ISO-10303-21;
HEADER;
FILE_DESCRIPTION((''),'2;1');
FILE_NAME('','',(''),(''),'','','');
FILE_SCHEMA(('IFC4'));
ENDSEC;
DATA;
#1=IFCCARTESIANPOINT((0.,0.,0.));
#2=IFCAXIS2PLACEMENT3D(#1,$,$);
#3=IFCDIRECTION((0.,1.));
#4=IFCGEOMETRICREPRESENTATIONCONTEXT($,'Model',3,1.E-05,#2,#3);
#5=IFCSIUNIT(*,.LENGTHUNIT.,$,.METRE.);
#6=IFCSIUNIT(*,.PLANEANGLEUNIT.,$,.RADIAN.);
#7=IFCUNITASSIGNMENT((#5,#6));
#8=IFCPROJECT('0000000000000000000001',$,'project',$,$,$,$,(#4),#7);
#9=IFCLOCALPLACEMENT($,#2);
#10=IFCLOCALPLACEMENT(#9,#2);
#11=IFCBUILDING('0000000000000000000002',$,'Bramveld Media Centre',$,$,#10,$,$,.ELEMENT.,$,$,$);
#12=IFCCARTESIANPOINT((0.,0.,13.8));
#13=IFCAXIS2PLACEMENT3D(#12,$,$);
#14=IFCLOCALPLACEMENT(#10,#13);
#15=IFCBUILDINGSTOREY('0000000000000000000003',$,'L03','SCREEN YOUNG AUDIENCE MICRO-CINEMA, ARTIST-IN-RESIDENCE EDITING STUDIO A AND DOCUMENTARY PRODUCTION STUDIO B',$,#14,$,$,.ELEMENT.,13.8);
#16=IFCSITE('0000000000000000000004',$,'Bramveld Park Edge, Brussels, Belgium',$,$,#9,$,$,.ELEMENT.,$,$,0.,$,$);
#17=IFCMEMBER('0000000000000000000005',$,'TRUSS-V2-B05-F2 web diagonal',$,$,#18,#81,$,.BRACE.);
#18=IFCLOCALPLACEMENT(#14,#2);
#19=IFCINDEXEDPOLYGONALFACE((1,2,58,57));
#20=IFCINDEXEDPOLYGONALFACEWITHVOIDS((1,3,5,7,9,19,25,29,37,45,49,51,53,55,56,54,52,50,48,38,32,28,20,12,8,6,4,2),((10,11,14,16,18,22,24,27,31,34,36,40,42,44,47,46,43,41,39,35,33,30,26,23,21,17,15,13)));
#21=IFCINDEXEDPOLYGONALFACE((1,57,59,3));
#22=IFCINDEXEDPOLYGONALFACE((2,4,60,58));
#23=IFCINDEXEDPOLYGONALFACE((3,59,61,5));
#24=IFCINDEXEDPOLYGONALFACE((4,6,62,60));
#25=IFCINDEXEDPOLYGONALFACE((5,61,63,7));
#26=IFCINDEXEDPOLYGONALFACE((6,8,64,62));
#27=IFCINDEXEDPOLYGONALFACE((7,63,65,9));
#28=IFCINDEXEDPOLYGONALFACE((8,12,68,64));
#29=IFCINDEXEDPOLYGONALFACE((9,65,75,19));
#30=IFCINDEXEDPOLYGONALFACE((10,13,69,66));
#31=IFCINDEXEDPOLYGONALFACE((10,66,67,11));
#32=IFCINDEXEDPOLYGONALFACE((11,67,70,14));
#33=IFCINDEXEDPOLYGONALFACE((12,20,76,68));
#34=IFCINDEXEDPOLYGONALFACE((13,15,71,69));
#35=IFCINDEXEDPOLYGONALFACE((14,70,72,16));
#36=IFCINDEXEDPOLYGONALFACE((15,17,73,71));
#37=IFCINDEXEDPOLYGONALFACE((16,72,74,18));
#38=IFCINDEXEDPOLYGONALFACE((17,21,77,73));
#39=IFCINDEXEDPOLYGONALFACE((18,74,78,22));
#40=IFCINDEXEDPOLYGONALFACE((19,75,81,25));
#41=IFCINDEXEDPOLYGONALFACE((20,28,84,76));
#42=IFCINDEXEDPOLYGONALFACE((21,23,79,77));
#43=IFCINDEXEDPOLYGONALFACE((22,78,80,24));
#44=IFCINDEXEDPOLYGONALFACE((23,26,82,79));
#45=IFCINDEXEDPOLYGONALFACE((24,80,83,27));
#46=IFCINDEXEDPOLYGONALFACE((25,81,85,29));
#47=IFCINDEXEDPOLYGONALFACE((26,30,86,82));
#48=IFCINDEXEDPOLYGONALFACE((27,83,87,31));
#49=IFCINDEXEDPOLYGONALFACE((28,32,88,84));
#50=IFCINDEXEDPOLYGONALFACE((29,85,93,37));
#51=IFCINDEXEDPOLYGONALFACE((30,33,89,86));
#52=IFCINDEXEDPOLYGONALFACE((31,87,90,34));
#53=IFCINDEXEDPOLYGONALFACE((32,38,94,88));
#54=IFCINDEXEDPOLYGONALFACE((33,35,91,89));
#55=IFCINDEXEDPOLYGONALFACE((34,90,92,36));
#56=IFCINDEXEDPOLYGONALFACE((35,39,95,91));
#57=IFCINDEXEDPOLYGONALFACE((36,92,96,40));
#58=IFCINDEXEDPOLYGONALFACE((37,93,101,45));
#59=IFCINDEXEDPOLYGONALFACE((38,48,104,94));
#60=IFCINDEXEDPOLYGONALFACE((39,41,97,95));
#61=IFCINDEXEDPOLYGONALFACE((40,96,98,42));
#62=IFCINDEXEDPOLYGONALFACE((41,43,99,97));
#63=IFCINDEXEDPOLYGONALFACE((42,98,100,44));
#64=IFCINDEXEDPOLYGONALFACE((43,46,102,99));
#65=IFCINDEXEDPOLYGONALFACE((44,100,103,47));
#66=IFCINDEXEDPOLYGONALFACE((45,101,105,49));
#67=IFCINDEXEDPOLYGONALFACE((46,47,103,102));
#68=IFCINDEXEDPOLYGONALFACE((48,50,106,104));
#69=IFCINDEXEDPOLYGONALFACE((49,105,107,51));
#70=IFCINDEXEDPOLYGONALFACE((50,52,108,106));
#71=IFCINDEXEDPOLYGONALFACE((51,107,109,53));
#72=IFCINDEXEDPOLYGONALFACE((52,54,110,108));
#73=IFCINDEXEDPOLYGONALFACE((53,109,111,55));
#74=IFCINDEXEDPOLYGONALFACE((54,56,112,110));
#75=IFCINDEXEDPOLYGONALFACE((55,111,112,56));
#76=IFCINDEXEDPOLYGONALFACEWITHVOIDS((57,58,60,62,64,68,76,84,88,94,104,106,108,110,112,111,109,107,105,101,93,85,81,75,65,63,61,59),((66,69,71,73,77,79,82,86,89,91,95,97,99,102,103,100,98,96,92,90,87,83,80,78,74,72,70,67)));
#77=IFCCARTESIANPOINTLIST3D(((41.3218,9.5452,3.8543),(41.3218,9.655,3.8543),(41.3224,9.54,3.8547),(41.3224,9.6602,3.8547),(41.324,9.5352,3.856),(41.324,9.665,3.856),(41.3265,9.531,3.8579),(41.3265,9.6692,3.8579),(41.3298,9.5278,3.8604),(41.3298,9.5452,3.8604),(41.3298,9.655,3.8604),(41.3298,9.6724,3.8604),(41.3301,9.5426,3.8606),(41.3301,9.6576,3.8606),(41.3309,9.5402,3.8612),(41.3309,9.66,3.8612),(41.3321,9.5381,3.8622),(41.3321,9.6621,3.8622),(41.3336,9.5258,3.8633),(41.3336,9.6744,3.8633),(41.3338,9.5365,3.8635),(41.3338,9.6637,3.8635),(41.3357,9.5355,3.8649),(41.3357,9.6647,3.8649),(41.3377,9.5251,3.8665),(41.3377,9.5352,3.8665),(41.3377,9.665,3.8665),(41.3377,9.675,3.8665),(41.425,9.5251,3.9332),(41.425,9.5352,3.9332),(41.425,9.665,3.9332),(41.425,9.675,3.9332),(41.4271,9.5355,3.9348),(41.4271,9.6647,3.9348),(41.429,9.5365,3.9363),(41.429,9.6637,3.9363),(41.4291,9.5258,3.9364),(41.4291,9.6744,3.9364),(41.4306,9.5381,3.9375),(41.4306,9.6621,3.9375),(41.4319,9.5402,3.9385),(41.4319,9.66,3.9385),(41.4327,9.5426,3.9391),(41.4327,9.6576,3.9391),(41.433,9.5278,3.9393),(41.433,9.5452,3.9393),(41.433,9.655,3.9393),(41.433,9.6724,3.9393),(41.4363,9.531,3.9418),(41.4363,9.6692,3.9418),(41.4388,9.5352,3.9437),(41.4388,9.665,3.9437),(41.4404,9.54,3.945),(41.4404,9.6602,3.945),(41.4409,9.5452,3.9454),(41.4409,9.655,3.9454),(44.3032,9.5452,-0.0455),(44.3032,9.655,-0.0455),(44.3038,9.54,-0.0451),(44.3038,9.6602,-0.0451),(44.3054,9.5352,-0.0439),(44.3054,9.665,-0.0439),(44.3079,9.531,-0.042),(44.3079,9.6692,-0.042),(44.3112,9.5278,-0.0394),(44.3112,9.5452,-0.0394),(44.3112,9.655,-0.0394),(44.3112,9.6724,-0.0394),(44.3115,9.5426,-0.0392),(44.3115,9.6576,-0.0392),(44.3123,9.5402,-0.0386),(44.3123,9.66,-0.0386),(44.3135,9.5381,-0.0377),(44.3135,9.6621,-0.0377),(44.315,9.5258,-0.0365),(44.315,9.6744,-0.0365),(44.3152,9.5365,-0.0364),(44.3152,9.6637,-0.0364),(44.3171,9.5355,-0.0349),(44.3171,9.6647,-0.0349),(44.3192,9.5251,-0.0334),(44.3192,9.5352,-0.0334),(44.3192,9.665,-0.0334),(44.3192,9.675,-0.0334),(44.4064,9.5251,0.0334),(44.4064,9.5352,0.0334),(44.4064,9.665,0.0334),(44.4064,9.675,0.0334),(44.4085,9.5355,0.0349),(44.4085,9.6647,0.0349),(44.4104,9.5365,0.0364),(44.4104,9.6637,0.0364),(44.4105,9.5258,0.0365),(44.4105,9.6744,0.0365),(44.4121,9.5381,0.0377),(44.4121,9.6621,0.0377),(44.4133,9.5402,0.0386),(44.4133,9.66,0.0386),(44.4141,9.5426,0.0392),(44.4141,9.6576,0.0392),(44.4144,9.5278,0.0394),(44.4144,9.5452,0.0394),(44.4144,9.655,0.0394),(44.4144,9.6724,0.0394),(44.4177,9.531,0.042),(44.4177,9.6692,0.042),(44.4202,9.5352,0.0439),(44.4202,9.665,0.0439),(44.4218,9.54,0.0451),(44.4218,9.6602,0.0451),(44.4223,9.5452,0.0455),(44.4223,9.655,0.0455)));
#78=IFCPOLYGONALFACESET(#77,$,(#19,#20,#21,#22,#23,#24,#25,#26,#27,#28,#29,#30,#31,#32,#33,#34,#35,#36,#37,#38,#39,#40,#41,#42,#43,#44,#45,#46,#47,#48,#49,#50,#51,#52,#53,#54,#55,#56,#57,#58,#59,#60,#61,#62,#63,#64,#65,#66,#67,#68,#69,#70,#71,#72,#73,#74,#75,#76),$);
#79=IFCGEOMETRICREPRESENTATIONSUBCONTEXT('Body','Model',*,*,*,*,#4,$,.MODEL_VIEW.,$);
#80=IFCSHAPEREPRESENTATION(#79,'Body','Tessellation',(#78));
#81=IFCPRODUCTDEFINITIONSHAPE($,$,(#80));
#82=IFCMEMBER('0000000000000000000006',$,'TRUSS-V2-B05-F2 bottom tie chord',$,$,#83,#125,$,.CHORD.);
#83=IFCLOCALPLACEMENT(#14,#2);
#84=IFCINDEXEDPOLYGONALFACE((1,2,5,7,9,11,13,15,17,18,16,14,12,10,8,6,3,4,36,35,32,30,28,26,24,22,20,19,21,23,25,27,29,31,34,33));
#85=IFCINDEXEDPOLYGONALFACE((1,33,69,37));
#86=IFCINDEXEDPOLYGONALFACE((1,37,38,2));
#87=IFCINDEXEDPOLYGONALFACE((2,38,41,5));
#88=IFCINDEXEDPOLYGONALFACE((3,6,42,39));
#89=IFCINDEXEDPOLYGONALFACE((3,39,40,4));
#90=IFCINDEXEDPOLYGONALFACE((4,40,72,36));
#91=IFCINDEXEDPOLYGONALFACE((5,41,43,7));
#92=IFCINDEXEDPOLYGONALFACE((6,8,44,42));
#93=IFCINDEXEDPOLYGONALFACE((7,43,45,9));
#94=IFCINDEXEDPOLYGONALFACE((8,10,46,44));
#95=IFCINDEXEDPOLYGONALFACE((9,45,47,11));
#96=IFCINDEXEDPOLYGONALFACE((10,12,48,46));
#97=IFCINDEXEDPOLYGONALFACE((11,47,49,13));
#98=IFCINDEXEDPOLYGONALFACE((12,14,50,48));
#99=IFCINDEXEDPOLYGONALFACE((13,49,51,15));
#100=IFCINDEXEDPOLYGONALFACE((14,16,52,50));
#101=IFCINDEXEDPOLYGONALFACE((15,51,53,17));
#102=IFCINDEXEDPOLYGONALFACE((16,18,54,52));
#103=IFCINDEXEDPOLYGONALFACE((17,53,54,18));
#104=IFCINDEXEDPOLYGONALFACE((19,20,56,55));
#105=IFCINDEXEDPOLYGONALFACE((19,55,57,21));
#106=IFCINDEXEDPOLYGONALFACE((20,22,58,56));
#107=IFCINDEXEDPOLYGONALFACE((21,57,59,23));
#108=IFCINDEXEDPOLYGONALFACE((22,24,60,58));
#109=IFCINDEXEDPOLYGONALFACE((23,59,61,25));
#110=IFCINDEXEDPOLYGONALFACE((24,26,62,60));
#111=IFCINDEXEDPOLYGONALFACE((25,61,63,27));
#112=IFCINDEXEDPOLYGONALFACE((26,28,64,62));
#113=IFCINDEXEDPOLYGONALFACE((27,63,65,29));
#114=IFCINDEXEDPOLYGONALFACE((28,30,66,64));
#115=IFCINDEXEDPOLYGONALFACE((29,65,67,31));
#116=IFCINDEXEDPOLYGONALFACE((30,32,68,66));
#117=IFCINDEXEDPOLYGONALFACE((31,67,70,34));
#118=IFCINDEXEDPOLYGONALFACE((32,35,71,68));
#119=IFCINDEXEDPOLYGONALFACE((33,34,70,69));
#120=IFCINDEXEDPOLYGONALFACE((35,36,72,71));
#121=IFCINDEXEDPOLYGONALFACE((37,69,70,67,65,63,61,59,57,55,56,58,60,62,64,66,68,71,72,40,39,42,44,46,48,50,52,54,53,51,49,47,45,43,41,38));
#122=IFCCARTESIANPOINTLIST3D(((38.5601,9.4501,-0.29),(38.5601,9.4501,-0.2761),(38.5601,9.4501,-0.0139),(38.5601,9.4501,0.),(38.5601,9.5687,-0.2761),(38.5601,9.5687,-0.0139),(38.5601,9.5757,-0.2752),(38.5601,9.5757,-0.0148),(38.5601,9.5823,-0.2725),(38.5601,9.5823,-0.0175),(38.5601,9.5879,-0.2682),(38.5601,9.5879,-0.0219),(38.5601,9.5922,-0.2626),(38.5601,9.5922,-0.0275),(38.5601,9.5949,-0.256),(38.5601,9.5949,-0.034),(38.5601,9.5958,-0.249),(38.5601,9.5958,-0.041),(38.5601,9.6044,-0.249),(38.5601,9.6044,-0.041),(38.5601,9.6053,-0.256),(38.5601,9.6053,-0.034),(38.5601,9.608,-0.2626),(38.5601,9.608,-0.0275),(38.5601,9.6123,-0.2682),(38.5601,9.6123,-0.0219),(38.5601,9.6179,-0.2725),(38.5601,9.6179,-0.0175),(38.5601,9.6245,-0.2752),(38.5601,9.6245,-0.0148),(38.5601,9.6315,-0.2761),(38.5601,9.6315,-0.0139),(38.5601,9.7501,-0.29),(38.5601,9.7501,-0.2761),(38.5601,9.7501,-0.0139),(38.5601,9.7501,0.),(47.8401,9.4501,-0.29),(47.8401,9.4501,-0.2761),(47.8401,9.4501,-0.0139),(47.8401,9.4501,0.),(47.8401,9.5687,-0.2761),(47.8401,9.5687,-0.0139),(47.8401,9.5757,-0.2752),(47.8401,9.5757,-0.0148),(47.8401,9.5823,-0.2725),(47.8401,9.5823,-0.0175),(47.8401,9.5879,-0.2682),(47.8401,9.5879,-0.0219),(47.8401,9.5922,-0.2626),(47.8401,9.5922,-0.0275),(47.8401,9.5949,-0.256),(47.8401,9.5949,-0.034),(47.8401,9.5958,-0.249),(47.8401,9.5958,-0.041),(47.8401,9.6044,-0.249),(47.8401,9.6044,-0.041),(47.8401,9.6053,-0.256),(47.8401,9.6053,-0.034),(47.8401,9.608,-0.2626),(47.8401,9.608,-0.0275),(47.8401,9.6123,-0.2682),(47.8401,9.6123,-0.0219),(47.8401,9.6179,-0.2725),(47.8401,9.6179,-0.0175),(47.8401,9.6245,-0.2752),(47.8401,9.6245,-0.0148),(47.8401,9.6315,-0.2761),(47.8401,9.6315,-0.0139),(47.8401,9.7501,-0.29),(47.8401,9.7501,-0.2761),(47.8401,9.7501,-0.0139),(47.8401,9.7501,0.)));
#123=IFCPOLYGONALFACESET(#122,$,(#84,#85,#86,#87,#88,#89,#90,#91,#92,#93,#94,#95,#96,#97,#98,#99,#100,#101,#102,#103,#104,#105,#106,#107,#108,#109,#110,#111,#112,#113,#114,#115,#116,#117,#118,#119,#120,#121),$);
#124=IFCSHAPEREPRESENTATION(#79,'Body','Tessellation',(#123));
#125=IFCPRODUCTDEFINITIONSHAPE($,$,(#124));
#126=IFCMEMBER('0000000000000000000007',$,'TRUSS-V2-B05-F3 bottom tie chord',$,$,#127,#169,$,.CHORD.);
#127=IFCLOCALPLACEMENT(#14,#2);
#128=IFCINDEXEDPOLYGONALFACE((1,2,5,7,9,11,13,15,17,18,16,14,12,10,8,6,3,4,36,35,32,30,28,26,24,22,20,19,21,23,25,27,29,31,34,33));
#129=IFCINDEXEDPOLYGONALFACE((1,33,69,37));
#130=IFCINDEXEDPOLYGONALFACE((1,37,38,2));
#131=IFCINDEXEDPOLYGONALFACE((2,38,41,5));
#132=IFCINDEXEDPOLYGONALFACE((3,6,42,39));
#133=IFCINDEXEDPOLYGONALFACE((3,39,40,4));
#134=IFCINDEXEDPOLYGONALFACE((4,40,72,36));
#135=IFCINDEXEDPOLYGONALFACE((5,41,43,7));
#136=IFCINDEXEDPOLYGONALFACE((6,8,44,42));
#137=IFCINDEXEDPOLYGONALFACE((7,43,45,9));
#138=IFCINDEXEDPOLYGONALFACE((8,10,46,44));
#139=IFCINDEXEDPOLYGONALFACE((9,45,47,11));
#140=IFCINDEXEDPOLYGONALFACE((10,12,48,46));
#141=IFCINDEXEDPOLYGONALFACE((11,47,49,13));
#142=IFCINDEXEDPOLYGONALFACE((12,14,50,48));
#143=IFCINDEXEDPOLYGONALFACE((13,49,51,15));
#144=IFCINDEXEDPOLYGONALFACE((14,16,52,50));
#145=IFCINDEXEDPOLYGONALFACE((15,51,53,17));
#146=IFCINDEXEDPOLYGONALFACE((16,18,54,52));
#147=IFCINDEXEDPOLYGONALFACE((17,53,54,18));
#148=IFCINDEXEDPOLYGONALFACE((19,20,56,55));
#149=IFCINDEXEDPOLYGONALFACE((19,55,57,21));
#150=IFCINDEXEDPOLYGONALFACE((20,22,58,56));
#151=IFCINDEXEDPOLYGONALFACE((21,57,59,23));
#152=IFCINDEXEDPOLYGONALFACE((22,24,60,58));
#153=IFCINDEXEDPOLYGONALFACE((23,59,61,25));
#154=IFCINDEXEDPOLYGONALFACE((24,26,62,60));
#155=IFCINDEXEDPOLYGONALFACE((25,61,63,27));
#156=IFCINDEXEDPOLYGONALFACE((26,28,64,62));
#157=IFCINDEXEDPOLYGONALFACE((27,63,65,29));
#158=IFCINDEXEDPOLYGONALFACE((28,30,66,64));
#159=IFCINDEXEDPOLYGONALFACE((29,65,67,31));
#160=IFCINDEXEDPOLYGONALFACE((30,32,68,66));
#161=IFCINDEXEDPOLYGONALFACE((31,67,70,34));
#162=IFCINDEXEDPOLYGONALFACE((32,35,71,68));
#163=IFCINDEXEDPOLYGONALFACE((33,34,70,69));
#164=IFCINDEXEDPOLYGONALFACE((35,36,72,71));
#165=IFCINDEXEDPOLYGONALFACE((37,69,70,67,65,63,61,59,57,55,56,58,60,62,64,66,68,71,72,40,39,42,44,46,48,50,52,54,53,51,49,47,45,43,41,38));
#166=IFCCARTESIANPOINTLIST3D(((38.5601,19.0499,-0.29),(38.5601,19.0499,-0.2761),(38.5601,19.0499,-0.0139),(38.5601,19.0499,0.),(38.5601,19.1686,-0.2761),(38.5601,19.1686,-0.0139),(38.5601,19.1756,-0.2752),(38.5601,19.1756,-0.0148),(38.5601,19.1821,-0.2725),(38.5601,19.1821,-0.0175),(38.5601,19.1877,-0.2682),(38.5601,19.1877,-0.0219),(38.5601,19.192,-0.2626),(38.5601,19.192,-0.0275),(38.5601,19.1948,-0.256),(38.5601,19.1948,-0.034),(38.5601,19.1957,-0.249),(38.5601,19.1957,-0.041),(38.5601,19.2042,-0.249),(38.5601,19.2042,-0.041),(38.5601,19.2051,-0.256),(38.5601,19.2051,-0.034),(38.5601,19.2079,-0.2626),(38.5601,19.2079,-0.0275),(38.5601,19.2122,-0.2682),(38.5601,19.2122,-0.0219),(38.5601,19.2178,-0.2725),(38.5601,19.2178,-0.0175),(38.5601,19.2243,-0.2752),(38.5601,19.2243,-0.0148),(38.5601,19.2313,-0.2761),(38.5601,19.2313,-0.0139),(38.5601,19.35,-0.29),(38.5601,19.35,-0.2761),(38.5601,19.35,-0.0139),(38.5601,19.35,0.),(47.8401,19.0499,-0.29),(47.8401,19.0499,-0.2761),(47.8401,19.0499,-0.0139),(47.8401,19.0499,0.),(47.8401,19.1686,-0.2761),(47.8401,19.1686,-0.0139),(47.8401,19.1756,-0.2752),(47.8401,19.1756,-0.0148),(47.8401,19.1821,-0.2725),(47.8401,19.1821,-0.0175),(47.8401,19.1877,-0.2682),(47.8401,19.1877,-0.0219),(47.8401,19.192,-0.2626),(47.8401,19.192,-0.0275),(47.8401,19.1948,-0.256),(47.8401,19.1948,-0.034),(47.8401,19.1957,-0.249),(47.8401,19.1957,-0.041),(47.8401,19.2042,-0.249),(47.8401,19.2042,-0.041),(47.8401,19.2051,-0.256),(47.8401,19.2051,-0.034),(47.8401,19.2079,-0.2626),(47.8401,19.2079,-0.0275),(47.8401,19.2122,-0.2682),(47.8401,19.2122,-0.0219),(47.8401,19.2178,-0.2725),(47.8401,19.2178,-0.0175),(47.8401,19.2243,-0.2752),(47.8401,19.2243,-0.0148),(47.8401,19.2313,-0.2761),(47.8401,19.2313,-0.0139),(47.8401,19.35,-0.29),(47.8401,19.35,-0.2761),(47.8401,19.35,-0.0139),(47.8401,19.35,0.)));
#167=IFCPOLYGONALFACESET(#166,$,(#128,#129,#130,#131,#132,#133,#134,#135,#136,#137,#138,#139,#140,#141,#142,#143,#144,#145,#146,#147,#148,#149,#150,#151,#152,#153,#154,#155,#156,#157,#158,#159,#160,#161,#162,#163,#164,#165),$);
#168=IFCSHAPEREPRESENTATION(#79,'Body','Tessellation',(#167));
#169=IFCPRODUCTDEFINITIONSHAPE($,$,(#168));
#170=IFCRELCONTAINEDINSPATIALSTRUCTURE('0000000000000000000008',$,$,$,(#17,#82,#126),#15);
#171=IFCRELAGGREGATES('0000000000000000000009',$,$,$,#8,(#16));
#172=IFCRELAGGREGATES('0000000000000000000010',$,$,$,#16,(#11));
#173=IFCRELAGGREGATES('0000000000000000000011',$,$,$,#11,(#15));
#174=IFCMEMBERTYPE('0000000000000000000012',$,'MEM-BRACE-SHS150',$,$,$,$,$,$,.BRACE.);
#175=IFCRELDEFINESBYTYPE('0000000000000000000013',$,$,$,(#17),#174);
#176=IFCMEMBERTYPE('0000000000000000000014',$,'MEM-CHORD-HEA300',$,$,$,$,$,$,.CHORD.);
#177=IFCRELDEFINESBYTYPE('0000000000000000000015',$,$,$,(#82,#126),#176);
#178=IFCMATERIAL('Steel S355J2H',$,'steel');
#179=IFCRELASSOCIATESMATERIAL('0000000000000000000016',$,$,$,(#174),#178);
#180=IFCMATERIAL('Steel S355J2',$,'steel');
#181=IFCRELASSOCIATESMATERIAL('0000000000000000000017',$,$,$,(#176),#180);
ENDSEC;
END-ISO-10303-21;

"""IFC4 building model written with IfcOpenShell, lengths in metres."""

from ifc_helpers import new_model, si_unit, direction, frame, origin, origin_2d, place, context, subcontext, project, spatial, hollow_rectangle, i_section, extrude, material, material_profile, profile_set, type_object, element, save


model = new_model("IFC4")

# Units and contexts
model_context = context("Model", 3, precision=1e-05, world=origin(), true_north=direction((0.0, 1.0)))
body_context = subcontext(model_context, "Body", "Model", "MODEL_VIEW")
ifc_project = project(units=[si_unit("LENGTHUNIT", "METRE"), si_unit("PLANEANGLEUNIT", "RADIAN")], contexts=[model_context])

# Site, building, storey
site_placement = place(None, origin())
site = spatial("IfcSite", under=ifc_project, at=site_placement, Name="Bramveld Park Edge, Brussels, Belgium", CompositionType="ELEMENT", RefElevation=0.0)
building_placement = place(site_placement, origin())
building = spatial("IfcBuilding", under=site, at=building_placement, Name="Bramveld Media Centre", CompositionType="ELEMENT")
storey_placement = place(building_placement, frame((0.0, 0.0, 13.8)))
storey = spatial("IfcBuildingStorey", under=building, at=storey_placement, Name="L03", Description="SCREEN YOUNG AUDIENCE MICRO-CINEMA, ARTIST-IN-RESIDENCE EDITING STUDIO A AND DOCUMENTARY PRODUCTION STUDIO B", CompositionType="ELEMENT", Elevation=13.8)

# Members
ifc_material_1 = material(Name="Steel S355J2H", Category="steel")
ifc_material_profile_1 = material_profile(ifc_material_1, hollow_rectangle(XDim=0.1499, YDim=0.1499, WallThickness=0.01, InnerFilletRadius=0.01, OuterFilletRadius=0.02, at=origin_2d()), Name="SHS 150x150x10")
ifc_profile_set_1 = profile_set([ifc_material_profile_1], Name="Steel S355J2H")
member_type_1 = type_object("IfcMemberType", Name="MEM-BRACE-SHS150", PredefinedType="BRACE", material=ifc_profile_set_1)
member_1_placement = place(storey_placement, frame((44.3628, 9.6001, 0.0), z_axis=(-0.607343, 0.0, 0.79444), x_axis=(0.0, -1.0, 0.0)))
element("IfcMember", 1, at=member_1_placement, inside=storey, type_object=member_type_1, Name="TRUSS-V2-B05-F2 web diagonal", PredefinedType="BRACE", context=body_context, shape_type="SweptSolid", body=[
    extrude(hollow_rectangle(XDim=0.1499, YDim=0.1499, WallThickness=0.01, InnerFilletRadius=0.01, OuterFilletRadius=0.02, at=origin_2d()), origin(), (0.0, 0.0, 1.0), 4.9089),
])
ifc_material_2 = material(Name="Steel S355J2", Category="steel")
ifc_material_profile_2 = material_profile(ifc_material_2, i_section(OverallWidth=0.3, OverallDepth=0.29, WebThickness=0.0085, FlangeThickness=0.0139, FilletRadius=0.0271, at=origin_2d()), Name="HEA 300")
ifc_profile_set_2 = profile_set([ifc_material_profile_2], Name="Steel S355J2")
member_type_2 = type_object("IfcMemberType", Name="MEM-CHORD-HEA300", PredefinedType="CHORD", material=ifc_profile_set_2)
for number, where, z_axis, x_axis, name in (
    (2, (38.5601, 9.6001, -0.145), (1.0, 0.0, 0.0), (0.0, 1.0, 0.0), "TRUSS-V2-B05-F2 bottom tie chord"),
    (3, (38.5601, 19.2, -0.145), (1.0, 0.0, 0.0), (0.0, 1.0, 0.0), "TRUSS-V2-B05-F3 bottom tie chord"),
):
    element("IfcMember", number, at=place(storey_placement, frame(where, z_axis=z_axis, x_axis=x_axis)), inside=storey, type_object=member_type_2, Name=name, PredefinedType="CHORD", context=body_context, shape_type="SweptSolid", body=[
        extrude(i_section(OverallWidth=0.3, OverallDepth=0.29, WebThickness=0.0085, FlangeThickness=0.0139, FilletRadius=0.0271, at=origin_2d()), origin(), (0.0, 0.0, 1.0), 9.28),
    ])

save(model, "model.ifc")
